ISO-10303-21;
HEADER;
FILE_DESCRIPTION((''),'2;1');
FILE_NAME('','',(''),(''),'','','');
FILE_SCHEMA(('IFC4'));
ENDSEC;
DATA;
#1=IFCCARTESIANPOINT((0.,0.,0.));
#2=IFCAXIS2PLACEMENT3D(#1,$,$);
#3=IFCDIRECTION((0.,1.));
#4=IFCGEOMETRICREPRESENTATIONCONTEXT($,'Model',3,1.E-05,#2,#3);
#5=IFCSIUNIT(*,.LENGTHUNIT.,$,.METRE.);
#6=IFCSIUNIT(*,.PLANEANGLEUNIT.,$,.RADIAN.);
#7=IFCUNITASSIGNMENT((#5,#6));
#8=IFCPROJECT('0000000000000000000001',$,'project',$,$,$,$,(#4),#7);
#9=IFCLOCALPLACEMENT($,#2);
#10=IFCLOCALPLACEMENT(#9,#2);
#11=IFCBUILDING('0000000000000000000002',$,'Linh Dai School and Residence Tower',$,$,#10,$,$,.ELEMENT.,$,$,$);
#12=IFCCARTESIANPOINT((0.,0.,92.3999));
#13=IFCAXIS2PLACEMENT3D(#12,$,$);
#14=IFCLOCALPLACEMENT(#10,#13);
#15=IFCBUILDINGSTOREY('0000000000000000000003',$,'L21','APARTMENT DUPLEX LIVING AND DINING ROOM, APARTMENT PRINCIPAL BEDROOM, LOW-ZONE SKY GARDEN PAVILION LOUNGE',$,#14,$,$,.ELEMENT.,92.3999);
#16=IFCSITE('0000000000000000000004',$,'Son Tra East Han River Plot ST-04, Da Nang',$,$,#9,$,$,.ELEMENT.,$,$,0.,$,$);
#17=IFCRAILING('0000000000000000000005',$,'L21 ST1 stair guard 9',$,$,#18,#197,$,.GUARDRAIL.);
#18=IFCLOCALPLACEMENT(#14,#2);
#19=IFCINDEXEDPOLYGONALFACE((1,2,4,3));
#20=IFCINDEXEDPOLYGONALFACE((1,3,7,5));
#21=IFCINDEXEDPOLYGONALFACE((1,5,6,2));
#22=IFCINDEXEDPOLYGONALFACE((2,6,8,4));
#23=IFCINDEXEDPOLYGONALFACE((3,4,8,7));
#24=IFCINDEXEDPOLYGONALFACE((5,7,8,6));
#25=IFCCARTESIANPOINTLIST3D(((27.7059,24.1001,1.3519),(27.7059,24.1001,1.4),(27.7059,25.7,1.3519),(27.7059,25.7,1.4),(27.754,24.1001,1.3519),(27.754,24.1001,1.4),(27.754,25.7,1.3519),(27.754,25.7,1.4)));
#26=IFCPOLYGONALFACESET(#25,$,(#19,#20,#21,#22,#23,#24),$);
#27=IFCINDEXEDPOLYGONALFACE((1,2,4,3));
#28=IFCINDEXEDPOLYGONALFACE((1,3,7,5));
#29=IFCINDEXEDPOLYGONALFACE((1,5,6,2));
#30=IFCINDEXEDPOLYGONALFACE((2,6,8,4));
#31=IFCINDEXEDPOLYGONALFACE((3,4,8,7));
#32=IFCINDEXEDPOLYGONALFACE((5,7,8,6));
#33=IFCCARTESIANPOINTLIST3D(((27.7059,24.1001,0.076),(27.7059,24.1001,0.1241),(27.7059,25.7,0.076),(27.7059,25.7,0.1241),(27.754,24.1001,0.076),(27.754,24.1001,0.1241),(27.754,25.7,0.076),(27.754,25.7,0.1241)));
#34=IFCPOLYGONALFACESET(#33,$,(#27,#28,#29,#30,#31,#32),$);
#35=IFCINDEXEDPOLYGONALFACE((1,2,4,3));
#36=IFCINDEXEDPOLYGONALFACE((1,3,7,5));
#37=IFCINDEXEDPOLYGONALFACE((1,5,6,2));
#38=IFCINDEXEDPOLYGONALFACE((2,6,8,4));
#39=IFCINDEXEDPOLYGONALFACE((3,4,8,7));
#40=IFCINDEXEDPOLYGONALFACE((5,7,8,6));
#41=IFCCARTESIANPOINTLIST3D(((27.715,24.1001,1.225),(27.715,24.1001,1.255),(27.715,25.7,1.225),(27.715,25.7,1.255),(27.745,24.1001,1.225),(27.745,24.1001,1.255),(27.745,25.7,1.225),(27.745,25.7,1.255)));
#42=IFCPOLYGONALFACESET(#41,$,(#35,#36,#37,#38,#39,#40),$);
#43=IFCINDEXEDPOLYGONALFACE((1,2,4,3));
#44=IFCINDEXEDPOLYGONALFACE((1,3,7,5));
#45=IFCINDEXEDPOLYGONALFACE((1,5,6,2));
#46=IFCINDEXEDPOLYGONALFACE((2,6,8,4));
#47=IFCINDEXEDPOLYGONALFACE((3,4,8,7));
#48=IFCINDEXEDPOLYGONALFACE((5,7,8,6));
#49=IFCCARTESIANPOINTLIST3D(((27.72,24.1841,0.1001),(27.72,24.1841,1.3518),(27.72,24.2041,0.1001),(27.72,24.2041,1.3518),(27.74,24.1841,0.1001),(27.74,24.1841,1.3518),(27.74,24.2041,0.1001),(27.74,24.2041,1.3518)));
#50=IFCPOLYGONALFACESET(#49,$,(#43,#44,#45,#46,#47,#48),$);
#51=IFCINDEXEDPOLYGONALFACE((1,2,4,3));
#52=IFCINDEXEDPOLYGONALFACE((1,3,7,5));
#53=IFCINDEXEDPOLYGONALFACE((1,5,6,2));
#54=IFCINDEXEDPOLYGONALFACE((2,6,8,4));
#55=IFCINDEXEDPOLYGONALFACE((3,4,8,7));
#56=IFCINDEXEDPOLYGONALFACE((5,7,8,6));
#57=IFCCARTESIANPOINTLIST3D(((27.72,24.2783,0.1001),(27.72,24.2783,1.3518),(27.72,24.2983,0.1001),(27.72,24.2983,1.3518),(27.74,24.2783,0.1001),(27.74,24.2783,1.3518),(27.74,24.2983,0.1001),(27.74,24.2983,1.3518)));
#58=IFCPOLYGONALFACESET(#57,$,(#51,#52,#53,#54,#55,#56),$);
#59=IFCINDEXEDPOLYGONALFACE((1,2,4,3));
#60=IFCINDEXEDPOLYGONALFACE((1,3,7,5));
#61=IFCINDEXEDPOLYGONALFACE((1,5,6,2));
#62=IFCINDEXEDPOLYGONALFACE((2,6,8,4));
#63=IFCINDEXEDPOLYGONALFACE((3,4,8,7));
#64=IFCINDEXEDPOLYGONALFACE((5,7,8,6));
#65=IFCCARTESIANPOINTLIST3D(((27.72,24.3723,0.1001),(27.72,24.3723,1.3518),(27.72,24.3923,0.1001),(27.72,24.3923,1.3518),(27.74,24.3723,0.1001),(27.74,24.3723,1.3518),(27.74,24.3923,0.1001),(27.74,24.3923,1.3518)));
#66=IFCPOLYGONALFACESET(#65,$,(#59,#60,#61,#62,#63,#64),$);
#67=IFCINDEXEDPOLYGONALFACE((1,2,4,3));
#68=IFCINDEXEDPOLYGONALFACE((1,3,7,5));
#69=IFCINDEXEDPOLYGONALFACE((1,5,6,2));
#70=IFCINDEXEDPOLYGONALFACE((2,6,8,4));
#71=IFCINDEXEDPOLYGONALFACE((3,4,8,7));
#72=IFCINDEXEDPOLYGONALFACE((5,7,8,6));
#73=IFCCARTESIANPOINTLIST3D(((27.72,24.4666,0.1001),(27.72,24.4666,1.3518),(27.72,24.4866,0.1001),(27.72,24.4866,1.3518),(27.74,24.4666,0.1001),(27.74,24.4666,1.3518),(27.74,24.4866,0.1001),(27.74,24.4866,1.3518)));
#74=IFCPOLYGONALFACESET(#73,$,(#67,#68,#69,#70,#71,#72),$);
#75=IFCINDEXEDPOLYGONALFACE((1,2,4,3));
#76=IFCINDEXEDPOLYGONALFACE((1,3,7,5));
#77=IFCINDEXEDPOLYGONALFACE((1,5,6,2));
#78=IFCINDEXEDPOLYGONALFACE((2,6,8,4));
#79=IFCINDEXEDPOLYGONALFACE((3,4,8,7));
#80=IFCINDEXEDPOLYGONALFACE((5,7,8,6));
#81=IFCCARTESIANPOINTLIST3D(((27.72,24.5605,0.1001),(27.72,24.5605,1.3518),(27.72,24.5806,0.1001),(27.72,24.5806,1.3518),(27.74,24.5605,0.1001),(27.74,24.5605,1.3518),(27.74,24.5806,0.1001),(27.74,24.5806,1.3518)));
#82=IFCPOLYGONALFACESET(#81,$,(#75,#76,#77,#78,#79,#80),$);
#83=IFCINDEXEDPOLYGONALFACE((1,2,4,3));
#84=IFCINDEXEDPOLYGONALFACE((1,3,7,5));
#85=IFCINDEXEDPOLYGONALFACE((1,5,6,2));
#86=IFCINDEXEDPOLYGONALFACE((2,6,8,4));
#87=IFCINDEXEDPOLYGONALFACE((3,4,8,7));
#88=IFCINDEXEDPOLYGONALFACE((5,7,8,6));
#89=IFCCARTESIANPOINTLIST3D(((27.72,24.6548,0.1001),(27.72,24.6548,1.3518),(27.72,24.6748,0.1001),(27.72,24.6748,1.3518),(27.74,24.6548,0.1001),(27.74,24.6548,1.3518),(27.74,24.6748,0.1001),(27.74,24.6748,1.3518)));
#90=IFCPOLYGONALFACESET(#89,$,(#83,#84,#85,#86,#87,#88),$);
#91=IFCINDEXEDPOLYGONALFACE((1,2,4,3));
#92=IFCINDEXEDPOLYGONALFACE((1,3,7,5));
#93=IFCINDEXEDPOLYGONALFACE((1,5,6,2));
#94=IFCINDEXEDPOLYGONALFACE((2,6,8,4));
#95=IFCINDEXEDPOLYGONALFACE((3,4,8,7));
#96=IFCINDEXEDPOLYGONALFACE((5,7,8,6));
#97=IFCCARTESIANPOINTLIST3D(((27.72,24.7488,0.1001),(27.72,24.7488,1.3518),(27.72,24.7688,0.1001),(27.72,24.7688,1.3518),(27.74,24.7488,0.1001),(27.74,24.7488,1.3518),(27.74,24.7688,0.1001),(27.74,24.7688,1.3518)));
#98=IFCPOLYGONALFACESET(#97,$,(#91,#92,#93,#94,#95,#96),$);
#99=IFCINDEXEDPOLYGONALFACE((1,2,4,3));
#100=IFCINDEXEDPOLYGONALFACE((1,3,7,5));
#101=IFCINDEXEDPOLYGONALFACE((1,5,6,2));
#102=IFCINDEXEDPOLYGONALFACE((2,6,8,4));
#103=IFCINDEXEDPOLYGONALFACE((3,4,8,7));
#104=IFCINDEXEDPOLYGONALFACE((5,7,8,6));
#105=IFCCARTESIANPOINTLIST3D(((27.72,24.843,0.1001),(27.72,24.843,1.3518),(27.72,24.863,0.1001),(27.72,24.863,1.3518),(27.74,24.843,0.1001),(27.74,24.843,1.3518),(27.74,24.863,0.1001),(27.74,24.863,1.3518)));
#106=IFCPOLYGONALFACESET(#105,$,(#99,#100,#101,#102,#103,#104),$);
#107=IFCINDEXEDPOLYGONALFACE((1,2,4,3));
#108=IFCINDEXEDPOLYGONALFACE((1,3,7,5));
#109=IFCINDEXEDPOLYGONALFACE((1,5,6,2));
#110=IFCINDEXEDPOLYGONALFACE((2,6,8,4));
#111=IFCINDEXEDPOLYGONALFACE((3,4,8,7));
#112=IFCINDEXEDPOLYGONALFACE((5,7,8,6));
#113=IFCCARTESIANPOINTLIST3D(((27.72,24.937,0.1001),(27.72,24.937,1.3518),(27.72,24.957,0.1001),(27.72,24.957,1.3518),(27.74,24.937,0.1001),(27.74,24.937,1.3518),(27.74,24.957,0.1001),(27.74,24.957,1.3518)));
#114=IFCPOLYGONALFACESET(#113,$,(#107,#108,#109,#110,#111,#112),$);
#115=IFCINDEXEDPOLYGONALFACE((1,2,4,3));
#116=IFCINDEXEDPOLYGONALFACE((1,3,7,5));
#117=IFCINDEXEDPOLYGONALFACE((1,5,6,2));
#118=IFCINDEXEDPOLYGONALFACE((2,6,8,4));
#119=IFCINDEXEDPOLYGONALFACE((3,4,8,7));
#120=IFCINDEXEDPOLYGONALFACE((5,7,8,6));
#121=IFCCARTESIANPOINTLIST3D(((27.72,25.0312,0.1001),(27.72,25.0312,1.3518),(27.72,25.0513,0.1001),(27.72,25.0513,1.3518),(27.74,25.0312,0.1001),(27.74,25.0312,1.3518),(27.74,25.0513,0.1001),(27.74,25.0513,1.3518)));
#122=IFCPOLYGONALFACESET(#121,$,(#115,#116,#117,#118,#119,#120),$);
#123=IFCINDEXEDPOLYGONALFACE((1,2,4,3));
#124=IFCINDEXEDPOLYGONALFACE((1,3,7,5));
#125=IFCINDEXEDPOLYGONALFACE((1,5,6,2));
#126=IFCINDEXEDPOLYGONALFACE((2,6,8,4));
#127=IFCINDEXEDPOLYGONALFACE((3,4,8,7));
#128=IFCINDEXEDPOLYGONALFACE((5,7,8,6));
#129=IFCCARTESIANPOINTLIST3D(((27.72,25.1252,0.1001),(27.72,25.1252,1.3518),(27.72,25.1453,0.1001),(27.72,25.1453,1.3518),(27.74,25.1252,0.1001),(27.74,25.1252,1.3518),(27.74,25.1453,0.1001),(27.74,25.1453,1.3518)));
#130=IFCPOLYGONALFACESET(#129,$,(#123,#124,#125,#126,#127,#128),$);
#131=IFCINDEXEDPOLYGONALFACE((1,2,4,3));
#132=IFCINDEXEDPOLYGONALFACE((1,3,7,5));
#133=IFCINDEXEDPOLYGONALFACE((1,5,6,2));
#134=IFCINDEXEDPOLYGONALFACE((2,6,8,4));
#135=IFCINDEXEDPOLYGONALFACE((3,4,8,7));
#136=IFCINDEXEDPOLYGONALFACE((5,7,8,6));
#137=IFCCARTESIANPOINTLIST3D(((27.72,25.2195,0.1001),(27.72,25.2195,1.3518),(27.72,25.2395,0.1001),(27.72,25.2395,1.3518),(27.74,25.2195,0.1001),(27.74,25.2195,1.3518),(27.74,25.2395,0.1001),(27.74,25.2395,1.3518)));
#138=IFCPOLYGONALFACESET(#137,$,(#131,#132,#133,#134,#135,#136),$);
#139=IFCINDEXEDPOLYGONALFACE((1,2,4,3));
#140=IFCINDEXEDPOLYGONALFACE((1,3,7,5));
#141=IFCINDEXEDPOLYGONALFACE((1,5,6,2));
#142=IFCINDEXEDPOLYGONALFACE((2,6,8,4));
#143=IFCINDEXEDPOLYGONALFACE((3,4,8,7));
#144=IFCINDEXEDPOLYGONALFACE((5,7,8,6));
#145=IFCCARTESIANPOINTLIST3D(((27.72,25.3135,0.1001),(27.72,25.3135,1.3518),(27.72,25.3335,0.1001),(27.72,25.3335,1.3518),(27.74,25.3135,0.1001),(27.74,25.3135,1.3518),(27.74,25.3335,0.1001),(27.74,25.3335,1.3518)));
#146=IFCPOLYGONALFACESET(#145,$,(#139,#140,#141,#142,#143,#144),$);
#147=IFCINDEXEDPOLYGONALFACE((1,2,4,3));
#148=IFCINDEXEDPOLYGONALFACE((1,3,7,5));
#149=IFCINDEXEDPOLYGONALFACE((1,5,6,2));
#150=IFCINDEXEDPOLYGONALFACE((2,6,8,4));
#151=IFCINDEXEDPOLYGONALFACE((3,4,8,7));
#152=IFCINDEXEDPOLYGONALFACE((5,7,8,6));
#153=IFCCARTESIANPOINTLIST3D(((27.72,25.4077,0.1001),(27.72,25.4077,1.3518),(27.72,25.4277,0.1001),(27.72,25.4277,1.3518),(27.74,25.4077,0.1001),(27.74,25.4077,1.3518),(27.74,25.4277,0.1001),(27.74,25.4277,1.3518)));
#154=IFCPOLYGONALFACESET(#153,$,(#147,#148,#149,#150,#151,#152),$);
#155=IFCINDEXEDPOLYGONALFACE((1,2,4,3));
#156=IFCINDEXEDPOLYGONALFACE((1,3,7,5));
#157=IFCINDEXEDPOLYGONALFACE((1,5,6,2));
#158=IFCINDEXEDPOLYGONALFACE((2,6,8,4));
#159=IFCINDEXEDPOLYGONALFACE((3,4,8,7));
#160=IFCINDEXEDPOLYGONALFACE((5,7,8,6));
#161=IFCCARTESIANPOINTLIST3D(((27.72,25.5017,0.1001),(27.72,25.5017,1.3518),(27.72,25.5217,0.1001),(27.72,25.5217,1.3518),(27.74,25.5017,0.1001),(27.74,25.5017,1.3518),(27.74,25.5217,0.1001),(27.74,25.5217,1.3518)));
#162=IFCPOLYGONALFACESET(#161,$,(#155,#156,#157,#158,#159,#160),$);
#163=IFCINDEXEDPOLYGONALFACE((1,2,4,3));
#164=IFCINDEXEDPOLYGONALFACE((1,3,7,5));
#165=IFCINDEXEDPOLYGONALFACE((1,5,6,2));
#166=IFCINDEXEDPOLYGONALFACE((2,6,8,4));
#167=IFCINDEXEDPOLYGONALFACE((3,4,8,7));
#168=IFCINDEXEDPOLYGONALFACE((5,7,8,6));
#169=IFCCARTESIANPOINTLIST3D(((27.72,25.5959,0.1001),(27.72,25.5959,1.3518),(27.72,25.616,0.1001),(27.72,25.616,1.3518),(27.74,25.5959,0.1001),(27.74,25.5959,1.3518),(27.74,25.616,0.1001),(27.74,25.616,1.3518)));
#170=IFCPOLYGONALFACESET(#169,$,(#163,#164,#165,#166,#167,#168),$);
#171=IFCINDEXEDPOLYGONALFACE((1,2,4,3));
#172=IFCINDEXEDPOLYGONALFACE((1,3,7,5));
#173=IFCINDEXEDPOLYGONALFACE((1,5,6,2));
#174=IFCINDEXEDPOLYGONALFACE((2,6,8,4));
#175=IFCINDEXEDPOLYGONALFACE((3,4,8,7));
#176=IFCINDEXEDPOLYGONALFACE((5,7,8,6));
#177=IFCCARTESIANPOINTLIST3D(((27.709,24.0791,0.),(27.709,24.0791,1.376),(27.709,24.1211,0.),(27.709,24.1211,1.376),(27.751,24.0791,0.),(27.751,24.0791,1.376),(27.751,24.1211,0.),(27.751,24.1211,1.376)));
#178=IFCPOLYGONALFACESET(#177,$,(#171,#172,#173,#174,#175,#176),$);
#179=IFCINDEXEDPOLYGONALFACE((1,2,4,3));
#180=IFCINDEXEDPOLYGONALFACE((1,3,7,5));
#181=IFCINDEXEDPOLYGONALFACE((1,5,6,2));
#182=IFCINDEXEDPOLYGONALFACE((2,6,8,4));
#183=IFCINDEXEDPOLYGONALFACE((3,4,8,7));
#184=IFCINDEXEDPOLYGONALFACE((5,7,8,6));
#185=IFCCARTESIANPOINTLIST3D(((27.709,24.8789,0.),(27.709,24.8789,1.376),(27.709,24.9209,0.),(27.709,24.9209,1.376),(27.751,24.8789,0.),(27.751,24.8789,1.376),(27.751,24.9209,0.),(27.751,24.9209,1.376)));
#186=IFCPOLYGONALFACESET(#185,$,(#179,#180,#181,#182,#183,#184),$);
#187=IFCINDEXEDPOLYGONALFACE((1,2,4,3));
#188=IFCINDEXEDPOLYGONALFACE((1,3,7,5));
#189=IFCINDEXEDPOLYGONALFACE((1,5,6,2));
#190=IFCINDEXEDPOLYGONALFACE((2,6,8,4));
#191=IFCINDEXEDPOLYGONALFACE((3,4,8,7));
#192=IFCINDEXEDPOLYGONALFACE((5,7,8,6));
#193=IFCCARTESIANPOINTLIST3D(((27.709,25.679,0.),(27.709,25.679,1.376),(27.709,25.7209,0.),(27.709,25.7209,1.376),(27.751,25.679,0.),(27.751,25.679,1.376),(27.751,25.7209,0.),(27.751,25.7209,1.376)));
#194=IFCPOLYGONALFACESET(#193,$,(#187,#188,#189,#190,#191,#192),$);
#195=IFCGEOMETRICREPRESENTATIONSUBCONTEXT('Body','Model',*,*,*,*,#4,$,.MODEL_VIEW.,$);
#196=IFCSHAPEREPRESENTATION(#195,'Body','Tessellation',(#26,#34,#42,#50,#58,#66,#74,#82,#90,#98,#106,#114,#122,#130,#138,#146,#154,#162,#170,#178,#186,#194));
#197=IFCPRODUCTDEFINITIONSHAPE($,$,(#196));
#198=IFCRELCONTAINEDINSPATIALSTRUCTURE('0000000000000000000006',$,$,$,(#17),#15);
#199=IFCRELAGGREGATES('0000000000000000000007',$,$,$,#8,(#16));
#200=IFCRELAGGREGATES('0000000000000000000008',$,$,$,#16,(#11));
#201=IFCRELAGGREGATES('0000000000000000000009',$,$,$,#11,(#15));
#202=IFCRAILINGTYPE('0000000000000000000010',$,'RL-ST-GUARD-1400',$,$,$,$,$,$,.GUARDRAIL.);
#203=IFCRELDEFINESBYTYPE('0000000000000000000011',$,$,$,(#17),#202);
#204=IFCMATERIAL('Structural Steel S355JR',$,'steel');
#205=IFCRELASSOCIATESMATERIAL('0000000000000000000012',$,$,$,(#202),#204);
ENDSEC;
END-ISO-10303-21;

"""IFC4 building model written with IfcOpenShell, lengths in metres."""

from ifc_helpers import new_model, si_unit, direction, frame, origin, origin_2d, place, context, subcontext, project, spatial, rectangle, extrude, source, transform, mapped, material, type_object, element, save


model = new_model("IFC4")

# Units and contexts
model_context = context("Model", 3, precision=1e-05, world=origin(), true_north=direction((0.0, 1.0)))
body_context = subcontext(model_context, "Body", "Model", "MODEL_VIEW")
ifc_project = project(units=[si_unit("LENGTHUNIT", "METRE"), si_unit("PLANEANGLEUNIT", "RADIAN")], contexts=[model_context])

# Site, building, storey
site_placement = place(None, origin())
site = spatial("IfcSite", under=ifc_project, at=site_placement, Name="Son Tra East Han River Plot ST-04, Da Nang", CompositionType="ELEMENT", RefElevation=0.0)
building_placement = place(site_placement, origin())
building = spatial("IfcBuilding", under=site, at=building_placement, Name="Linh Dai School and Residence Tower", CompositionType="ELEMENT")
storey_placement = place(building_placement, frame((0.0, 0.0, 92.3999)))
storey = spatial("IfcBuildingStorey", under=building, at=storey_placement, Name="L21", Description="APARTMENT DUPLEX LIVING AND DINING ROOM, APARTMENT PRINCIPAL BEDROOM, LOW-ZONE SKY GARDEN PAVILION LOUNGE", CompositionType="ELEMENT", Elevation=92.3999)

# Shared definitions
ifc_material_1 = material(Name="Structural Steel S355JR", Category="steel")

# Railing
railing_type_1 = type_object("IfcRailingType", Name="RL-ST-GUARD-1400", PredefinedType="GUARDRAIL", material=ifc_material_1)
shared_shape_1 = source(origin(), body_context, "Body", "SweptSolid", [
    extrude(rectangle(XDim=0.0481, YDim=0.0481, at=origin_2d()), frame((0.0, 0.0, 1.376), z_axis=(0.0, 1.0, 0.0), x_axis=(-1.0, 0.0, 0.0)), (0.0, 0.0, 1.0), 1.5999),
    extrude(rectangle(XDim=0.0481, YDim=0.0481, at=origin_2d()), frame((0.0, 0.0, 0.1001), z_axis=(0.0, 1.0, 0.0), x_axis=(-1.0, 0.0, 0.0)), (0.0, 0.0, 1.0), 1.5999),
    extrude(rectangle(XDim=0.03, YDim=0.03, at=origin_2d()), frame((0.0, 0.0, 1.24), z_axis=(0.0, 1.0, 0.0), x_axis=(-1.0, 0.0, 0.0)), (0.0, 0.0, 1.0), 1.5999),
    extrude(rectangle(XDim=0.02, YDim=0.02, at=origin_2d()), frame((0.0, 0.094, 0.1001)), (0.0, 0.0, 1.0), 1.2517),
    extrude(rectangle(XDim=0.02, YDim=0.02, at=origin_2d()), frame((0.0, 0.1882, 0.1001)), (0.0, 0.0, 1.0), 1.2517),
    extrude(rectangle(XDim=0.02, YDim=0.02, at=origin_2d()), frame((0.0, 0.2822, 0.1001)), (0.0, 0.0, 1.0), 1.2517),
    extrude(rectangle(XDim=0.02, YDim=0.02, at=origin_2d()), frame((0.0, 0.3765, 0.1001)), (0.0, 0.0, 1.0), 1.2517),
    extrude(rectangle(XDim=0.02, YDim=0.02, at=origin_2d()), frame((0.0, 0.4705, 0.1001)), (0.0, 0.0, 1.0), 1.2517),
    extrude(rectangle(XDim=0.02, YDim=0.02, at=origin_2d()), frame((0.0, 0.5647, 0.1001)), (0.0, 0.0, 1.0), 1.2517),
    extrude(rectangle(XDim=0.02, YDim=0.02, at=origin_2d()), frame((0.0, 0.6587, 0.1001)), (0.0, 0.0, 1.0), 1.2517),
    extrude(rectangle(XDim=0.02, YDim=0.02, at=origin_2d()), frame((0.0, 0.7529, 0.1001)), (0.0, 0.0, 1.0), 1.2517),
    extrude(rectangle(XDim=0.02, YDim=0.02, at=origin_2d()), frame((0.0, 0.8469, 0.1001)), (0.0, 0.0, 1.0), 1.2517),
    extrude(rectangle(XDim=0.02, YDim=0.02, at=origin_2d()), frame((0.0, 0.9412, 0.1001)), (0.0, 0.0, 1.0), 1.2517),
    extrude(rectangle(XDim=0.02, YDim=0.02, at=origin_2d()), frame((0.0, 1.0352, 0.1001)), (0.0, 0.0, 1.0), 1.2517),
    extrude(rectangle(XDim=0.02, YDim=0.02, at=origin_2d()), frame((0.0, 1.1294, 0.1001)), (0.0, 0.0, 1.0), 1.2517),
    extrude(rectangle(XDim=0.02, YDim=0.02, at=origin_2d()), frame((0.0, 1.2234, 0.1001)), (0.0, 0.0, 1.0), 1.2517),
    extrude(rectangle(XDim=0.02, YDim=0.02, at=origin_2d()), frame((0.0, 1.3176, 0.1001)), (0.0, 0.0, 1.0), 1.2517),
    extrude(rectangle(XDim=0.02, YDim=0.02, at=origin_2d()), frame((0.0, 1.4116, 0.1001)), (0.0, 0.0, 1.0), 1.2517),
    extrude(rectangle(XDim=0.02, YDim=0.02, at=origin_2d()), frame((0.0, 1.5059, 0.1001)), (0.0, 0.0, 1.0), 1.2517),
    extrude(rectangle(XDim=0.042, YDim=0.042, at=origin_2d()), origin(), (0.0, 0.0, 1.0), 1.376),
    extrude(rectangle(XDim=0.042, YDim=0.042, at=origin_2d()), frame((0.0, 0.7998, 0.0)), (0.0, 0.0, 1.0), 1.376),
    extrude(rectangle(XDim=0.042, YDim=0.042, at=origin_2d()), frame((0.0, 1.5999, 0.0)), (0.0, 0.0, 1.0), 1.376),
])
for number, where, name in (
    (1, (27.73, 24.1001, 0.0), "L21 ST1 stair guard 9"),
):
    element("IfcRailing", number, at=place(storey_placement, frame(where)), inside=storey, type_object=railing_type_1, Name=name, PredefinedType="GUARDRAIL", context=body_context, shape_type="MappedRepresentation", body=[
        mapped(shared_shape_1, transform((0.0, 0.0, 0.0), x_axis=(1.0, 0.0, 0.0), y_axis=(0.0, 1.0, 0.0), z_axis=(0.0, 0.0, 1.0), scale=1.0)),
    ])

save(model, "model.ifc")
